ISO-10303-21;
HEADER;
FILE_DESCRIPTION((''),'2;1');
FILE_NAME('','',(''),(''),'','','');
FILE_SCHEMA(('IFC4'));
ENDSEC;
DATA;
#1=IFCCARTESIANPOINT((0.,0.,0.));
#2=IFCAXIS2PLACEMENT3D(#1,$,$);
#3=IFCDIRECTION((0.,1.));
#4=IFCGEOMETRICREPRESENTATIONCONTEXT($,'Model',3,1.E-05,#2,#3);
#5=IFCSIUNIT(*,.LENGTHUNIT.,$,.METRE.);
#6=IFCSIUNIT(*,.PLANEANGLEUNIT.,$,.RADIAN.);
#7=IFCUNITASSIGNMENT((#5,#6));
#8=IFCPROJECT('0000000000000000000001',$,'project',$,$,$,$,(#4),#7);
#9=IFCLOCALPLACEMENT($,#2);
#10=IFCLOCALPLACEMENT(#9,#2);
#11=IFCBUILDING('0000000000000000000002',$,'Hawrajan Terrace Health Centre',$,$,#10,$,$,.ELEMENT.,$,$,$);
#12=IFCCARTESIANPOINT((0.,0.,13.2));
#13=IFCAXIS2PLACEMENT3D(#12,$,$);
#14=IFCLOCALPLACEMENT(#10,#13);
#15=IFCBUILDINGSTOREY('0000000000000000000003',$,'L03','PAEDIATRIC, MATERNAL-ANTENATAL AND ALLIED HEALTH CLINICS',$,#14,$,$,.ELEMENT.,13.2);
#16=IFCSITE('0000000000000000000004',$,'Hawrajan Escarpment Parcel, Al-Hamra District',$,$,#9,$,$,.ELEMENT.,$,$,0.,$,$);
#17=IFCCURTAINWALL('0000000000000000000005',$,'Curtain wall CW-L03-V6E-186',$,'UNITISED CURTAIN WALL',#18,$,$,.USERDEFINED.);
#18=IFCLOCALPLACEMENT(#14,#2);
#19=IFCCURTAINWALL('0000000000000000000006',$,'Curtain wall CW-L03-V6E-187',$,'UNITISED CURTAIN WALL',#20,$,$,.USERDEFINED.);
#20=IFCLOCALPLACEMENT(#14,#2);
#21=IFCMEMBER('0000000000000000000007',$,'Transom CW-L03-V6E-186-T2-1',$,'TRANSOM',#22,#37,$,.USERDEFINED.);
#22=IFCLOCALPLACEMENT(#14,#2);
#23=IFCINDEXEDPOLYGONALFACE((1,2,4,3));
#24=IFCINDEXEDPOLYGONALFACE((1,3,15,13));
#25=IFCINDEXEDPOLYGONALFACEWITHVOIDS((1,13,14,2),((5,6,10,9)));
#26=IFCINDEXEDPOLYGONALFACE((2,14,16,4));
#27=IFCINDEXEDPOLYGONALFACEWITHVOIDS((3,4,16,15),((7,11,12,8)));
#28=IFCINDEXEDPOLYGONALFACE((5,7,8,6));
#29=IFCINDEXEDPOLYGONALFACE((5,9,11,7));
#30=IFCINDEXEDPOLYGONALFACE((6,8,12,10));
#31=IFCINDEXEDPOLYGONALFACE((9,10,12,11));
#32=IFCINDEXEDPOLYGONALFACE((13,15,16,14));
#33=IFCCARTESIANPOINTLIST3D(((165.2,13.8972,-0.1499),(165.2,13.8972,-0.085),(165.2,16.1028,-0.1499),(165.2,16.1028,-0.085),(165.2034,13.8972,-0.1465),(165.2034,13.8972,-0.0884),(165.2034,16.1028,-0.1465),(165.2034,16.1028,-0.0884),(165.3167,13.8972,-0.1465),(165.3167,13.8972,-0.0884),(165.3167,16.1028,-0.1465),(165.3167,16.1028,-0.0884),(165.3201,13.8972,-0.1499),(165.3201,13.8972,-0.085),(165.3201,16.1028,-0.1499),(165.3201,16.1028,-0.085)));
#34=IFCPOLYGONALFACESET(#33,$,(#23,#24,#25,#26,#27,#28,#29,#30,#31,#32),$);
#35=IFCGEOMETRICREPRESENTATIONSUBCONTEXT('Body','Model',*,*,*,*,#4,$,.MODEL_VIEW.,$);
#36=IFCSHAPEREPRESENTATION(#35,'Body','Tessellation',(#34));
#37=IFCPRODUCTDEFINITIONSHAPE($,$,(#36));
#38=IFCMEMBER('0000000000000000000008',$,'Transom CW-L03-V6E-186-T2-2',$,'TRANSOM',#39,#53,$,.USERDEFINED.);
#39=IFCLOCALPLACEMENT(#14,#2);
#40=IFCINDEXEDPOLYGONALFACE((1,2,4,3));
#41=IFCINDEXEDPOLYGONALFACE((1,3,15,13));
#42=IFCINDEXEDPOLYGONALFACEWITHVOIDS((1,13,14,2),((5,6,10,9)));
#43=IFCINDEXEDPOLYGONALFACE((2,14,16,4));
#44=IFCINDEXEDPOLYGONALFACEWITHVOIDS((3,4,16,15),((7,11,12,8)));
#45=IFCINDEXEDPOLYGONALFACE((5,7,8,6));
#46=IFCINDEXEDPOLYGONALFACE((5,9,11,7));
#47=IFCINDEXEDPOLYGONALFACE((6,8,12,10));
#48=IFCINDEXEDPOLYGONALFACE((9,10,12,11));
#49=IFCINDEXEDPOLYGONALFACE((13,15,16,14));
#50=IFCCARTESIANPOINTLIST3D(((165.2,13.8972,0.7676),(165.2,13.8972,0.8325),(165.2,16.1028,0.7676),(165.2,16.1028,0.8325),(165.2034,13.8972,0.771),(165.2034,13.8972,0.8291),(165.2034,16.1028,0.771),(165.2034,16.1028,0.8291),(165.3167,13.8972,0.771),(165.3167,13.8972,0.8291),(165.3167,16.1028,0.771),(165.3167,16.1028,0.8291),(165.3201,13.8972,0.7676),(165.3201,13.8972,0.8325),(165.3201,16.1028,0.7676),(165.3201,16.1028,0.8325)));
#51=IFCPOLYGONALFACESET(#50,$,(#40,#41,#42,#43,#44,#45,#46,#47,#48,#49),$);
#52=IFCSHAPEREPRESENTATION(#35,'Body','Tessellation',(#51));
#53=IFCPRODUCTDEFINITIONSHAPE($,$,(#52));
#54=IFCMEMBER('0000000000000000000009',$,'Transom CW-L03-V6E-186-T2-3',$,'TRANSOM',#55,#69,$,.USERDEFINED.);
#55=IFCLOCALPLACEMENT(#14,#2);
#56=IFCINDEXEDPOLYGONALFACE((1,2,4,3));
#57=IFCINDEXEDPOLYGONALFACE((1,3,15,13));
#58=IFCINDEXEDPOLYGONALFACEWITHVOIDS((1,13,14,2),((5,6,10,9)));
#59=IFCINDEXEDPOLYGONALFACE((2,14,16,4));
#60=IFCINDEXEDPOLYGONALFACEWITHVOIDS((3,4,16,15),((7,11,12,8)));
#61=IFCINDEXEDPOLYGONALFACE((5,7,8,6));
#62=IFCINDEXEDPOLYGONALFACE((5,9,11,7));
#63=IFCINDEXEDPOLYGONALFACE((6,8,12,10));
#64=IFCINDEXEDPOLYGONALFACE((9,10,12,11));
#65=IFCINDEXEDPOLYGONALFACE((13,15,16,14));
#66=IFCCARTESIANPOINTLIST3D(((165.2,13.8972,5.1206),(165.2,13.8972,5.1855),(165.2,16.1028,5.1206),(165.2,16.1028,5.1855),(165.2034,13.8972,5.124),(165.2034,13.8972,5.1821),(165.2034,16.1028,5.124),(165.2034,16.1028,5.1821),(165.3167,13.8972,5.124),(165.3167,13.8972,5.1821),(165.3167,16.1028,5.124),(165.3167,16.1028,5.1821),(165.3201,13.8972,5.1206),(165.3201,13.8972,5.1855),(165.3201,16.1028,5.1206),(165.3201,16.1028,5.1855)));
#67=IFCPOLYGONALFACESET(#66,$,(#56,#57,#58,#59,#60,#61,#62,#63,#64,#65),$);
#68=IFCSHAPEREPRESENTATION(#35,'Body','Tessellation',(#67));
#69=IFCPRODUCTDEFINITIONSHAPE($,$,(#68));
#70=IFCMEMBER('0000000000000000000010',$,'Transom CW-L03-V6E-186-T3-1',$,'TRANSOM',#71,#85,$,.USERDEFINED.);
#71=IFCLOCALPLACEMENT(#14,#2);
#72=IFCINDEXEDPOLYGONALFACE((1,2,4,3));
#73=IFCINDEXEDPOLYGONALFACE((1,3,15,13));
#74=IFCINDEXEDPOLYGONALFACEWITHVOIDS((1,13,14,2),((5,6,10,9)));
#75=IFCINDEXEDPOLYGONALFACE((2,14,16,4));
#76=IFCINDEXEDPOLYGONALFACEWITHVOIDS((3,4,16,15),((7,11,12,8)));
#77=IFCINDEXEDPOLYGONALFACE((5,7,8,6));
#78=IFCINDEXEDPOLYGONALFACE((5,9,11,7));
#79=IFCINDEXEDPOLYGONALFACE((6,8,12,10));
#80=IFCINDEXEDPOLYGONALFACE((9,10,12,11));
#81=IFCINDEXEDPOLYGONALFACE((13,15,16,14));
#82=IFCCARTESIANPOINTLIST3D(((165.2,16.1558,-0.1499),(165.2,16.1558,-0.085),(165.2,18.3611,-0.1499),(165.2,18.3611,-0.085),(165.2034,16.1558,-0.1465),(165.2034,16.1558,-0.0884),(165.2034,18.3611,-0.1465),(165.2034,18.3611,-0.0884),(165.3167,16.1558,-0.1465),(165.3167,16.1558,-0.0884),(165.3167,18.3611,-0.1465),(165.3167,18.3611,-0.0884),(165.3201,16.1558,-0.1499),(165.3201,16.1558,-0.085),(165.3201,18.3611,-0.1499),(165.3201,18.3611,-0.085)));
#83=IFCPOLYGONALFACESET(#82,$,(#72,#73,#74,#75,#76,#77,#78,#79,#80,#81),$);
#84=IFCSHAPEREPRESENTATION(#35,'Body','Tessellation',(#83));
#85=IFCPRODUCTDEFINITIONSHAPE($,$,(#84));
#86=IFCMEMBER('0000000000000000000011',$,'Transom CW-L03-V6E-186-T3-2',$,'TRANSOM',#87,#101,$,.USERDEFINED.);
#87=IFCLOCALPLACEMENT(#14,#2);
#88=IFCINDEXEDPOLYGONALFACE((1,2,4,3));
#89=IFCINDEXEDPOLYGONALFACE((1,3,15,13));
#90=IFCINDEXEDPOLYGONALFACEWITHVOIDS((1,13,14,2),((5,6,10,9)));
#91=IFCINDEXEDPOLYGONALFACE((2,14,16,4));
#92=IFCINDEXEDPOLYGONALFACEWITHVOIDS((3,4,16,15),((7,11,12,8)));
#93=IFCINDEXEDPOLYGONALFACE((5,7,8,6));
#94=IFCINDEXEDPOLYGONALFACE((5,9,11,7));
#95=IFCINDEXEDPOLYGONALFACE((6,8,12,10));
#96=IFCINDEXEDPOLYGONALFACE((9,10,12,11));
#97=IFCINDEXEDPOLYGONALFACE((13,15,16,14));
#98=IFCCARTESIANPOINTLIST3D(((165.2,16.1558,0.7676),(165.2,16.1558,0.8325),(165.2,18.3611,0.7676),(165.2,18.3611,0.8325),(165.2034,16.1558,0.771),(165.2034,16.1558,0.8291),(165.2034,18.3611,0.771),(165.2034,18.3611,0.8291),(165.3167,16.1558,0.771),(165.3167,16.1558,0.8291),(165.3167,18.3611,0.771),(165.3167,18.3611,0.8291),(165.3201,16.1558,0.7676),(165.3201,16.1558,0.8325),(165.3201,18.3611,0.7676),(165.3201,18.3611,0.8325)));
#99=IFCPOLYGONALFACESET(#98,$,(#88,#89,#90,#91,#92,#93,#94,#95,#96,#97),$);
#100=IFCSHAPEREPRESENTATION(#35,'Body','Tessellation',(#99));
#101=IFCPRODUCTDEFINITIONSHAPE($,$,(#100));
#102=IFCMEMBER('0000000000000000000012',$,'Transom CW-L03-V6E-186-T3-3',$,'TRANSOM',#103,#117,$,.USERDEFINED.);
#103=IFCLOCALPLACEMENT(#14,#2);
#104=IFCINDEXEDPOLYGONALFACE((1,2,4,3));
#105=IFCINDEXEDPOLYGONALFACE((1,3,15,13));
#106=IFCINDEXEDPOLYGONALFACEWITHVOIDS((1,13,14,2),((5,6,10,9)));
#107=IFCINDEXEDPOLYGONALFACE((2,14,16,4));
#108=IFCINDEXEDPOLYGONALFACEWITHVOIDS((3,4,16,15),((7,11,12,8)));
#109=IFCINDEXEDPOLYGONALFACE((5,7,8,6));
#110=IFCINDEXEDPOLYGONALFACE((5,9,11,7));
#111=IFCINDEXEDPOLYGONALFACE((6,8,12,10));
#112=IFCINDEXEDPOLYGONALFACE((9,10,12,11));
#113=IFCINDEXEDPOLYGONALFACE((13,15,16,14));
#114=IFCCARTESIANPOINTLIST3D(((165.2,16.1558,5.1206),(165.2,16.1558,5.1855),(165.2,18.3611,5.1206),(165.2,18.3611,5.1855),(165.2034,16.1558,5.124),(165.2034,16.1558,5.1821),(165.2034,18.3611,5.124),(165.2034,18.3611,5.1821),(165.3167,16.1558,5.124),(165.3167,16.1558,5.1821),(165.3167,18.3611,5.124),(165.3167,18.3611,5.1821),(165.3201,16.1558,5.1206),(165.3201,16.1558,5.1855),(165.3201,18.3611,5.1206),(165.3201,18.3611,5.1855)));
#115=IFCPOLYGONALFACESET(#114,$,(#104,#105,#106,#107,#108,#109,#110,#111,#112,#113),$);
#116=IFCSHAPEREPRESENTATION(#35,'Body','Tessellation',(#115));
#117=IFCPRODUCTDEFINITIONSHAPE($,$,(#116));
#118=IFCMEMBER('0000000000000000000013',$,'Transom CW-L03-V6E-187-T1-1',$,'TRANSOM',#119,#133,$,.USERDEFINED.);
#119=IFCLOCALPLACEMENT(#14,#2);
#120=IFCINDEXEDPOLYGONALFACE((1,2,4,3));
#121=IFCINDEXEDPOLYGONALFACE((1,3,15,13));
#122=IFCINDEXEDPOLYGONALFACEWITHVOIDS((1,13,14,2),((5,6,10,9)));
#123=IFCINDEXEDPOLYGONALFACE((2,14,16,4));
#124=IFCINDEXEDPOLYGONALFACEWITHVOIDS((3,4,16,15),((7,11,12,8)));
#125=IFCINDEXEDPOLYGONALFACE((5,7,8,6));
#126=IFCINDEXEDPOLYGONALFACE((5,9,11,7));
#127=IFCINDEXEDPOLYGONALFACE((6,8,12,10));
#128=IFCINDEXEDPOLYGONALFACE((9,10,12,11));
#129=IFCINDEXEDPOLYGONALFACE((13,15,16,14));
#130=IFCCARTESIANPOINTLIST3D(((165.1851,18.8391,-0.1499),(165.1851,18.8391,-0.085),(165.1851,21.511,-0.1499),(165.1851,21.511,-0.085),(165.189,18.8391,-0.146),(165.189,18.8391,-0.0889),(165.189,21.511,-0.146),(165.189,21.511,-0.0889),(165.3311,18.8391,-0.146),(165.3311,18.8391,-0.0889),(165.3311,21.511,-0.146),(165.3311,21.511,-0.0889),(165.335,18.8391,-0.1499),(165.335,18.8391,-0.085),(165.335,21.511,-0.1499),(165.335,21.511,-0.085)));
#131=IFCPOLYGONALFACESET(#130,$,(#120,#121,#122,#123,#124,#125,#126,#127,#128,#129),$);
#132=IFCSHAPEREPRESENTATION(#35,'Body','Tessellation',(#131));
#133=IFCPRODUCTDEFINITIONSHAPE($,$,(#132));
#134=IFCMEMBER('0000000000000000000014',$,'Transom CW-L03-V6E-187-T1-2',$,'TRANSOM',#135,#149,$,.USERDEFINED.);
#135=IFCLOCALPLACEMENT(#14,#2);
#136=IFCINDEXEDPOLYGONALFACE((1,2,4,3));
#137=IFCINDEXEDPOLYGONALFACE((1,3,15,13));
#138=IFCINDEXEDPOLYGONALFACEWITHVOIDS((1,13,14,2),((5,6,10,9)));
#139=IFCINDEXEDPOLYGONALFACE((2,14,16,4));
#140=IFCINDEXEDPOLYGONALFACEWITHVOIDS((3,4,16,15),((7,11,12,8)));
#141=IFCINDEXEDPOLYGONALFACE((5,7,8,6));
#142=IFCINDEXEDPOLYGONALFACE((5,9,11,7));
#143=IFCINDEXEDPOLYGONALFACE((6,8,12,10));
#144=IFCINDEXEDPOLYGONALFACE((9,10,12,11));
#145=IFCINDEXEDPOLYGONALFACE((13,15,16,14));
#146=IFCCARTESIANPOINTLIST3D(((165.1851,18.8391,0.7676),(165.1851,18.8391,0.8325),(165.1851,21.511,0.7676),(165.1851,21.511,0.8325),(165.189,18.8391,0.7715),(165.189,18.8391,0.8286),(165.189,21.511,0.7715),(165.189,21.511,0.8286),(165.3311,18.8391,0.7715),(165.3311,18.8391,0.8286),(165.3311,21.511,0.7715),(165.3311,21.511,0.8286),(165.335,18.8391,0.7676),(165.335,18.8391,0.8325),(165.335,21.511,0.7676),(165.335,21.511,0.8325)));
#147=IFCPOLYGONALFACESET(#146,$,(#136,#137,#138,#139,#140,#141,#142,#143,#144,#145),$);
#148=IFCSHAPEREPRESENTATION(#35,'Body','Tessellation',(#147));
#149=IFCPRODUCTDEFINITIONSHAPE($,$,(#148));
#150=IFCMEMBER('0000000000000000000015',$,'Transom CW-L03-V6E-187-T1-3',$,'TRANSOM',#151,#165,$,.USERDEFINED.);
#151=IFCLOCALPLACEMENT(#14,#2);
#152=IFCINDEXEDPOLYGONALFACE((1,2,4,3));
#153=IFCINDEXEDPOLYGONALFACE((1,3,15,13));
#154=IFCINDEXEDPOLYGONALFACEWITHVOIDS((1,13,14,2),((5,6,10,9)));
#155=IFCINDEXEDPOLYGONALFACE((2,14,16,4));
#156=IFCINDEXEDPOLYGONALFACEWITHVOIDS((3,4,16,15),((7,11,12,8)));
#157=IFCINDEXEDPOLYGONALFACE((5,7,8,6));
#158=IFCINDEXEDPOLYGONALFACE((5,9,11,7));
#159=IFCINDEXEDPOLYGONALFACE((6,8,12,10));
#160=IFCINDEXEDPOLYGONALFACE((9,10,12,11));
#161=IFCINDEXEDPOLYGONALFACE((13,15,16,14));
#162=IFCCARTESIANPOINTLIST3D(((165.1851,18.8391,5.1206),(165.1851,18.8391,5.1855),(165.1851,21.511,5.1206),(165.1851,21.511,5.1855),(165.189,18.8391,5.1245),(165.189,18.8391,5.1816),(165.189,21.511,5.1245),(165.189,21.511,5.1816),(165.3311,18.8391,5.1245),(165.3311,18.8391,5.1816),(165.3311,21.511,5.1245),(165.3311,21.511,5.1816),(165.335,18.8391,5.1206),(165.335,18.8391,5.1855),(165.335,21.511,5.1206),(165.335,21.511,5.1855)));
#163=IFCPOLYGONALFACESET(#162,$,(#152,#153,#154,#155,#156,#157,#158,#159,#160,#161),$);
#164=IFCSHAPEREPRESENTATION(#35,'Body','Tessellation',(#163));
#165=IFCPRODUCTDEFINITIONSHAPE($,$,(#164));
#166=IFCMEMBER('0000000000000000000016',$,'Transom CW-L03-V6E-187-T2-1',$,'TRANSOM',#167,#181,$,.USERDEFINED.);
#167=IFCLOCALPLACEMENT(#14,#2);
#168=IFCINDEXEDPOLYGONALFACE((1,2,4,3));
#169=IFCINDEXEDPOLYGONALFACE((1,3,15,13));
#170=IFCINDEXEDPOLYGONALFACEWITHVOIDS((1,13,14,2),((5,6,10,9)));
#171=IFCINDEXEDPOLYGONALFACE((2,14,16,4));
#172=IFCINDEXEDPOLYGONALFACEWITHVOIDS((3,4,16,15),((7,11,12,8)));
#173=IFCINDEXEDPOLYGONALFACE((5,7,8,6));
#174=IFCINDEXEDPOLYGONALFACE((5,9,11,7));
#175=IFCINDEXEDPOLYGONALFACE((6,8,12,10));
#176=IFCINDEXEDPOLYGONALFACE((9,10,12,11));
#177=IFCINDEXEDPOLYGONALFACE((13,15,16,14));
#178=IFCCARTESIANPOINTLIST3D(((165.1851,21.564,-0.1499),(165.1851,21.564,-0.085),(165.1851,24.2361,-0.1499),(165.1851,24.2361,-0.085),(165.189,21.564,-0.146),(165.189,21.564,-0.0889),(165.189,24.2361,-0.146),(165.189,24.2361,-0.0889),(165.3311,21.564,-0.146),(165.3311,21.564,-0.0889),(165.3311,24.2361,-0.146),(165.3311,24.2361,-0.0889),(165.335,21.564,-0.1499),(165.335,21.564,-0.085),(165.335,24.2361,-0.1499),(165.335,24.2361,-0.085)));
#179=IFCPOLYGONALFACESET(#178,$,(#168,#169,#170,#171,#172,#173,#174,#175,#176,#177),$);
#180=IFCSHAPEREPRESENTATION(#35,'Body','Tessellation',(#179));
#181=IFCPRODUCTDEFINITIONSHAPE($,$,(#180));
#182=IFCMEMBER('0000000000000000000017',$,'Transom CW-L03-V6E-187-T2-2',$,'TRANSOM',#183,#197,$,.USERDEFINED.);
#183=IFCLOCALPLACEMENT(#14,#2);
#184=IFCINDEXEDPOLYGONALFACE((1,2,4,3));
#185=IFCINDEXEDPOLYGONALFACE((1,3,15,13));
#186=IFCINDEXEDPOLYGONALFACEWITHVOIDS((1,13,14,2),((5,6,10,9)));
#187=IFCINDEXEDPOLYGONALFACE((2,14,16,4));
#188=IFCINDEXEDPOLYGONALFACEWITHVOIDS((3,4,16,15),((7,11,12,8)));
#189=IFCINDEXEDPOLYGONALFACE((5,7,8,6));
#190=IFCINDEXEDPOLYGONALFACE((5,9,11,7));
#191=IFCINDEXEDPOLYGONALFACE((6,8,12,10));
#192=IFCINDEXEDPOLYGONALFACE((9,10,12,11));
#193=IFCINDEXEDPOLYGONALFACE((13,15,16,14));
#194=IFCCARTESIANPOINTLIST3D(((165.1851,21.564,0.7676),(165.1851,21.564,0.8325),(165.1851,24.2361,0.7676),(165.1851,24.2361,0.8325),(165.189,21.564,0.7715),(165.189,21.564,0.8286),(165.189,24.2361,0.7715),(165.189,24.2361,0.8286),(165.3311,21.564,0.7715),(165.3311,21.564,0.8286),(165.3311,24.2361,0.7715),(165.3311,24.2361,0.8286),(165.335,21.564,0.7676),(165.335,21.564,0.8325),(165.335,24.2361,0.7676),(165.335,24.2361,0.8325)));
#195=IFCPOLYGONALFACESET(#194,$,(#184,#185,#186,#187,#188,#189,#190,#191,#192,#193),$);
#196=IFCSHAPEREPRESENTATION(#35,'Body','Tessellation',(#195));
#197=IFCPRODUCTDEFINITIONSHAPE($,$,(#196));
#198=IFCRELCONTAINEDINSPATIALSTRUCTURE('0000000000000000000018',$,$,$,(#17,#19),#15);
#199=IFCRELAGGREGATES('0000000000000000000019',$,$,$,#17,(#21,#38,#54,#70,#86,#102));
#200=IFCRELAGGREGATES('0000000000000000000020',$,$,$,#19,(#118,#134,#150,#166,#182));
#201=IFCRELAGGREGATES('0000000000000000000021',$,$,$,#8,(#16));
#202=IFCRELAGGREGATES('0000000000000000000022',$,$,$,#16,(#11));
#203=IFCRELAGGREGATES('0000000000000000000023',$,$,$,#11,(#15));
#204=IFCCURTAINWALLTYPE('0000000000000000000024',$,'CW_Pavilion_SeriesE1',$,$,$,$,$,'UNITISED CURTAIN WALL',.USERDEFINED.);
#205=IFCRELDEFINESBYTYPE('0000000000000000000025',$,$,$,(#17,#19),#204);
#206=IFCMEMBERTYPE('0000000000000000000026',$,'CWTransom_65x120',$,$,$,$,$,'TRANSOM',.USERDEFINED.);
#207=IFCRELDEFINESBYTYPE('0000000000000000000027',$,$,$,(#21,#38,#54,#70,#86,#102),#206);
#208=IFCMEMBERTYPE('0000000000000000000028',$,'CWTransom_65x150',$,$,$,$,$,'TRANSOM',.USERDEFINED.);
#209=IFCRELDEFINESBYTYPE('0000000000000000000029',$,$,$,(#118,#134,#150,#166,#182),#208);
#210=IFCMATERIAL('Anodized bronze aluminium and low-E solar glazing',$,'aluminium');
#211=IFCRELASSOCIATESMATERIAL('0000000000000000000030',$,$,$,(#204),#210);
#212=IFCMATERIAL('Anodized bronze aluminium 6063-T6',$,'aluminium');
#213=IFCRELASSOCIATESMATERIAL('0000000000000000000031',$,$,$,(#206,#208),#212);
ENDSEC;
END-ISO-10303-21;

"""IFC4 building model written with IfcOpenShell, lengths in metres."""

from ifc_helpers import new_model, si_unit, direction, frame, origin, origin_2d, place, context, subcontext, project, spatial, hollow_rectangle, extrude, material, material_profile, profile_set, type_object, element, aggregate, save


model = new_model("IFC4")

# Units and contexts
model_context = context("Model", 3, precision=1e-05, world=origin(), true_north=direction((0.0, 1.0)))
body_context = subcontext(model_context, "Body", "Model", "MODEL_VIEW")
ifc_project = project(units=[si_unit("LENGTHUNIT", "METRE"), si_unit("PLANEANGLEUNIT", "RADIAN")], contexts=[model_context])

# Site, building, storey
site_placement = place(None, origin())
site = spatial("IfcSite", under=ifc_project, at=site_placement, Name="Hawrajan Escarpment Parcel, Al-Hamra District", CompositionType="ELEMENT", RefElevation=0.0)
building_placement = place(site_placement, origin())
building = spatial("IfcBuilding", under=site, at=building_placement, Name="Hawrajan Terrace Health Centre", CompositionType="ELEMENT")
storey_placement = place(building_placement, frame((0.0, 0.0, 13.2)))
storey = spatial("IfcBuildingStorey", under=building, at=storey_placement, Name="L03", Description="PAEDIATRIC, MATERNAL-ANTENATAL AND ALLIED HEALTH CLINICS", CompositionType="ELEMENT", Elevation=13.2)

# Curtain walls
ifc_material_1 = material(Name="Anodized bronze aluminium and low-E solar glazing", Category="aluminium")
curtain_wall_type = type_object("IfcCurtainWallType", Name="CW_Pavilion_SeriesE1", ElementType="UNITISED CURTAIN WALL", PredefinedType="USERDEFINED", material=ifc_material_1)
curtain_wall_1_placement = place(storey_placement, origin())
curtain_wall_1 = element("IfcCurtainWall", 1, at=curtain_wall_1_placement, inside=storey, type_object=curtain_wall_type, Name="Curtain wall CW-L03-V6E-186", ObjectType="UNITISED CURTAIN WALL", PredefinedType="USERDEFINED")
ifc_material_2 = material(Name="Anodized bronze aluminium 6063-T6", Category="aluminium")
curtain_wall_2_placement = place(storey_placement, origin())
curtain_wall_2 = element("IfcCurtainWall", 2, at=curtain_wall_2_placement, inside=storey, type_object=curtain_wall_type, Name="Curtain wall CW-L03-V6E-187", ObjectType="UNITISED CURTAIN WALL", PredefinedType="USERDEFINED")

# Members
ifc_material_profile_1 = material_profile(ifc_material_2, hollow_rectangle(XDim=0.0649, YDim=0.1201, WallThickness=0.0034, at=origin_2d()), Name="CW TRN 65x120")
ifc_profile_set_1 = profile_set([ifc_material_profile_1], Name="Anodized bronze aluminium 6063-T6")
member_type_1 = type_object("IfcMemberType", Name="CWTransom_65x120", ElementType="TRANSOM", PredefinedType="USERDEFINED", material=ifc_profile_set_1)
member_1_placement = place(storey_placement, frame((165.26, 13.8972, -0.1174), z_axis=(0.0, 1.0, 0.0), x_axis=(0.0, 0.0, 1.0)))
member_1 = element("IfcMember", 3, at=member_1_placement, type_object=member_type_1, Name="Transom CW-L03-V6E-186-T2-1", ObjectType="TRANSOM", PredefinedType="USERDEFINED", context=body_context, shape_type="SweptSolid", body=[
    extrude(hollow_rectangle(XDim=0.0649, YDim=0.1201, WallThickness=0.0034, at=origin_2d()), origin(), (0.0, 0.0, 1.0), 2.2056),
])
member_2_placement = place(storey_placement, frame((165.26, 13.8972, 0.8), z_axis=(0.0, 1.0, 0.0), x_axis=(0.0, 0.0, 1.0)))
member_2 = element("IfcMember", 4, at=member_2_placement, type_object=member_type_1, Name="Transom CW-L03-V6E-186-T2-2", ObjectType="TRANSOM", PredefinedType="USERDEFINED", context=body_context, shape_type="SweptSolid", body=[
    extrude(hollow_rectangle(XDim=0.0649, YDim=0.1201, WallThickness=0.0034, at=origin_2d()), origin(), (0.0, 0.0, 1.0), 2.2056),
])
member_3_placement = place(storey_placement, frame((165.26, 13.8972, 5.1531), z_axis=(0.0, 1.0, 0.0), x_axis=(0.0, 0.0, 1.0)))
member_3 = element("IfcMember", 5, at=member_3_placement, type_object=member_type_1, Name="Transom CW-L03-V6E-186-T2-3", ObjectType="TRANSOM", PredefinedType="USERDEFINED", context=body_context, shape_type="SweptSolid", body=[
    extrude(hollow_rectangle(XDim=0.0649, YDim=0.1201, WallThickness=0.0034, at=origin_2d()), origin(), (0.0, 0.0, 1.0), 2.2056),
])
member_4_placement = place(storey_placement, frame((165.26, 16.1558, -0.1174), z_axis=(0.0, 1.0, 0.0), x_axis=(0.0, 0.0, 1.0)))
member_4 = element("IfcMember", 6, at=member_4_placement, type_object=member_type_1, Name="Transom CW-L03-V6E-186-T3-1", ObjectType="TRANSOM", PredefinedType="USERDEFINED", context=body_context, shape_type="SweptSolid", body=[
    extrude(hollow_rectangle(XDim=0.0649, YDim=0.1201, WallThickness=0.0034, at=origin_2d()), origin(), (0.0, 0.0, 1.0), 2.2053),
])
member_5_placement = place(storey_placement, frame((165.26, 16.1558, 0.8), z_axis=(0.0, 1.0, 0.0), x_axis=(0.0, 0.0, 1.0)))
member_5 = element("IfcMember", 7, at=member_5_placement, type_object=member_type_1, Name="Transom CW-L03-V6E-186-T3-2", ObjectType="TRANSOM", PredefinedType="USERDEFINED", context=body_context, shape_type="SweptSolid", body=[
    extrude(hollow_rectangle(XDim=0.0649, YDim=0.1201, WallThickness=0.0034, at=origin_2d()), origin(), (0.0, 0.0, 1.0), 2.2053),
])
member_6_placement = place(storey_placement, frame((165.26, 16.1558, 5.1531), z_axis=(0.0, 1.0, 0.0), x_axis=(0.0, 0.0, 1.0)))
member_6 = element("IfcMember", 8, at=member_6_placement, type_object=member_type_1, Name="Transom CW-L03-V6E-186-T3-3", ObjectType="TRANSOM", PredefinedType="USERDEFINED", context=body_context, shape_type="SweptSolid", body=[
    extrude(hollow_rectangle(XDim=0.0649, YDim=0.1201, WallThickness=0.0034, at=origin_2d()), origin(), (0.0, 0.0, 1.0), 2.2053),
])
ifc_material_profile_2 = material_profile(ifc_material_2, hollow_rectangle(XDim=0.0649, YDim=0.1499, WallThickness=0.0039, at=origin_2d()), Name="CW TRN 65x150")
ifc_profile_set_2 = profile_set([ifc_material_profile_2], Name="Anodized bronze aluminium 6063-T6")
member_type_2 = type_object("IfcMemberType", Name="CWTransom_65x150", ElementType="TRANSOM", PredefinedType="USERDEFINED", material=ifc_profile_set_2)
member_7_placement = place(storey_placement, frame((165.26, 18.8391, -0.1174), z_axis=(0.0, 1.0, 0.0), x_axis=(0.0, 0.0, 1.0)))
member_7 = element("IfcMember", 9, at=member_7_placement, type_object=member_type_2, Name="Transom CW-L03-V6E-187-T1-1", ObjectType="TRANSOM", PredefinedType="USERDEFINED", context=body_context, shape_type="SweptSolid", body=[
    extrude(hollow_rectangle(XDim=0.0649, YDim=0.1499, WallThickness=0.0039, at=origin_2d()), origin(), (0.0, 0.0, 1.0), 2.6719),
])
member_8_placement = place(storey_placement, frame((165.26, 18.8391, 0.8), z_axis=(0.0, 1.0, 0.0), x_axis=(0.0, 0.0, 1.0)))
member_8 = element("IfcMember", 10, at=member_8_placement, type_object=member_type_2, Name="Transom CW-L03-V6E-187-T1-2", ObjectType="TRANSOM", PredefinedType="USERDEFINED", context=body_context, shape_type="SweptSolid", body=[
    extrude(hollow_rectangle(XDim=0.0649, YDim=0.1499, WallThickness=0.0039, at=origin_2d()), origin(), (0.0, 0.0, 1.0), 2.6719),
])
member_9_placement = place(storey_placement, frame((165.26, 18.8391, 5.1531), z_axis=(0.0, 1.0, 0.0), x_axis=(0.0, 0.0, 1.0)))
member_9 = element("IfcMember", 11, at=member_9_placement, type_object=member_type_2, Name="Transom CW-L03-V6E-187-T1-3", ObjectType="TRANSOM", PredefinedType="USERDEFINED", context=body_context, shape_type="SweptSolid", body=[
    extrude(hollow_rectangle(XDim=0.0649, YDim=0.1499, WallThickness=0.0039, at=origin_2d()), origin(), (0.0, 0.0, 1.0), 2.6719),
])
member_10_placement = place(storey_placement, frame((165.26, 21.564, -0.1174), z_axis=(0.0, 1.0, 0.0), x_axis=(0.0, 0.0, 1.0)))
member_10 = element("IfcMember", 12, at=member_10_placement, type_object=member_type_2, Name="Transom CW-L03-V6E-187-T2-1", ObjectType="TRANSOM", PredefinedType="USERDEFINED", context=body_context, shape_type="SweptSolid", body=[
    extrude(hollow_rectangle(XDim=0.0649, YDim=0.1499, WallThickness=0.0039, at=origin_2d()), origin(), (0.0, 0.0, 1.0), 2.6721),
])
member_11_placement = place(storey_placement, frame((165.26, 21.564, 0.8), z_axis=(0.0, 1.0, 0.0), x_axis=(0.0, 0.0, 1.0)))
member_11 = element("IfcMember", 13, at=member_11_placement, type_object=member_type_2, Name="Transom CW-L03-V6E-187-T2-2", ObjectType="TRANSOM", PredefinedType="USERDEFINED", context=body_context, shape_type="SweptSolid", body=[
    extrude(hollow_rectangle(XDim=0.0649, YDim=0.1499, WallThickness=0.0039, at=origin_2d()), origin(), (0.0, 0.0, 1.0), 2.6721),
])

aggregate(curtain_wall_1, [member_1, member_2, member_3, member_4, member_5, member_6])
aggregate(curtain_wall_2, [member_7, member_8, member_9, member_10, member_11])

save(model, "model.ifc")
